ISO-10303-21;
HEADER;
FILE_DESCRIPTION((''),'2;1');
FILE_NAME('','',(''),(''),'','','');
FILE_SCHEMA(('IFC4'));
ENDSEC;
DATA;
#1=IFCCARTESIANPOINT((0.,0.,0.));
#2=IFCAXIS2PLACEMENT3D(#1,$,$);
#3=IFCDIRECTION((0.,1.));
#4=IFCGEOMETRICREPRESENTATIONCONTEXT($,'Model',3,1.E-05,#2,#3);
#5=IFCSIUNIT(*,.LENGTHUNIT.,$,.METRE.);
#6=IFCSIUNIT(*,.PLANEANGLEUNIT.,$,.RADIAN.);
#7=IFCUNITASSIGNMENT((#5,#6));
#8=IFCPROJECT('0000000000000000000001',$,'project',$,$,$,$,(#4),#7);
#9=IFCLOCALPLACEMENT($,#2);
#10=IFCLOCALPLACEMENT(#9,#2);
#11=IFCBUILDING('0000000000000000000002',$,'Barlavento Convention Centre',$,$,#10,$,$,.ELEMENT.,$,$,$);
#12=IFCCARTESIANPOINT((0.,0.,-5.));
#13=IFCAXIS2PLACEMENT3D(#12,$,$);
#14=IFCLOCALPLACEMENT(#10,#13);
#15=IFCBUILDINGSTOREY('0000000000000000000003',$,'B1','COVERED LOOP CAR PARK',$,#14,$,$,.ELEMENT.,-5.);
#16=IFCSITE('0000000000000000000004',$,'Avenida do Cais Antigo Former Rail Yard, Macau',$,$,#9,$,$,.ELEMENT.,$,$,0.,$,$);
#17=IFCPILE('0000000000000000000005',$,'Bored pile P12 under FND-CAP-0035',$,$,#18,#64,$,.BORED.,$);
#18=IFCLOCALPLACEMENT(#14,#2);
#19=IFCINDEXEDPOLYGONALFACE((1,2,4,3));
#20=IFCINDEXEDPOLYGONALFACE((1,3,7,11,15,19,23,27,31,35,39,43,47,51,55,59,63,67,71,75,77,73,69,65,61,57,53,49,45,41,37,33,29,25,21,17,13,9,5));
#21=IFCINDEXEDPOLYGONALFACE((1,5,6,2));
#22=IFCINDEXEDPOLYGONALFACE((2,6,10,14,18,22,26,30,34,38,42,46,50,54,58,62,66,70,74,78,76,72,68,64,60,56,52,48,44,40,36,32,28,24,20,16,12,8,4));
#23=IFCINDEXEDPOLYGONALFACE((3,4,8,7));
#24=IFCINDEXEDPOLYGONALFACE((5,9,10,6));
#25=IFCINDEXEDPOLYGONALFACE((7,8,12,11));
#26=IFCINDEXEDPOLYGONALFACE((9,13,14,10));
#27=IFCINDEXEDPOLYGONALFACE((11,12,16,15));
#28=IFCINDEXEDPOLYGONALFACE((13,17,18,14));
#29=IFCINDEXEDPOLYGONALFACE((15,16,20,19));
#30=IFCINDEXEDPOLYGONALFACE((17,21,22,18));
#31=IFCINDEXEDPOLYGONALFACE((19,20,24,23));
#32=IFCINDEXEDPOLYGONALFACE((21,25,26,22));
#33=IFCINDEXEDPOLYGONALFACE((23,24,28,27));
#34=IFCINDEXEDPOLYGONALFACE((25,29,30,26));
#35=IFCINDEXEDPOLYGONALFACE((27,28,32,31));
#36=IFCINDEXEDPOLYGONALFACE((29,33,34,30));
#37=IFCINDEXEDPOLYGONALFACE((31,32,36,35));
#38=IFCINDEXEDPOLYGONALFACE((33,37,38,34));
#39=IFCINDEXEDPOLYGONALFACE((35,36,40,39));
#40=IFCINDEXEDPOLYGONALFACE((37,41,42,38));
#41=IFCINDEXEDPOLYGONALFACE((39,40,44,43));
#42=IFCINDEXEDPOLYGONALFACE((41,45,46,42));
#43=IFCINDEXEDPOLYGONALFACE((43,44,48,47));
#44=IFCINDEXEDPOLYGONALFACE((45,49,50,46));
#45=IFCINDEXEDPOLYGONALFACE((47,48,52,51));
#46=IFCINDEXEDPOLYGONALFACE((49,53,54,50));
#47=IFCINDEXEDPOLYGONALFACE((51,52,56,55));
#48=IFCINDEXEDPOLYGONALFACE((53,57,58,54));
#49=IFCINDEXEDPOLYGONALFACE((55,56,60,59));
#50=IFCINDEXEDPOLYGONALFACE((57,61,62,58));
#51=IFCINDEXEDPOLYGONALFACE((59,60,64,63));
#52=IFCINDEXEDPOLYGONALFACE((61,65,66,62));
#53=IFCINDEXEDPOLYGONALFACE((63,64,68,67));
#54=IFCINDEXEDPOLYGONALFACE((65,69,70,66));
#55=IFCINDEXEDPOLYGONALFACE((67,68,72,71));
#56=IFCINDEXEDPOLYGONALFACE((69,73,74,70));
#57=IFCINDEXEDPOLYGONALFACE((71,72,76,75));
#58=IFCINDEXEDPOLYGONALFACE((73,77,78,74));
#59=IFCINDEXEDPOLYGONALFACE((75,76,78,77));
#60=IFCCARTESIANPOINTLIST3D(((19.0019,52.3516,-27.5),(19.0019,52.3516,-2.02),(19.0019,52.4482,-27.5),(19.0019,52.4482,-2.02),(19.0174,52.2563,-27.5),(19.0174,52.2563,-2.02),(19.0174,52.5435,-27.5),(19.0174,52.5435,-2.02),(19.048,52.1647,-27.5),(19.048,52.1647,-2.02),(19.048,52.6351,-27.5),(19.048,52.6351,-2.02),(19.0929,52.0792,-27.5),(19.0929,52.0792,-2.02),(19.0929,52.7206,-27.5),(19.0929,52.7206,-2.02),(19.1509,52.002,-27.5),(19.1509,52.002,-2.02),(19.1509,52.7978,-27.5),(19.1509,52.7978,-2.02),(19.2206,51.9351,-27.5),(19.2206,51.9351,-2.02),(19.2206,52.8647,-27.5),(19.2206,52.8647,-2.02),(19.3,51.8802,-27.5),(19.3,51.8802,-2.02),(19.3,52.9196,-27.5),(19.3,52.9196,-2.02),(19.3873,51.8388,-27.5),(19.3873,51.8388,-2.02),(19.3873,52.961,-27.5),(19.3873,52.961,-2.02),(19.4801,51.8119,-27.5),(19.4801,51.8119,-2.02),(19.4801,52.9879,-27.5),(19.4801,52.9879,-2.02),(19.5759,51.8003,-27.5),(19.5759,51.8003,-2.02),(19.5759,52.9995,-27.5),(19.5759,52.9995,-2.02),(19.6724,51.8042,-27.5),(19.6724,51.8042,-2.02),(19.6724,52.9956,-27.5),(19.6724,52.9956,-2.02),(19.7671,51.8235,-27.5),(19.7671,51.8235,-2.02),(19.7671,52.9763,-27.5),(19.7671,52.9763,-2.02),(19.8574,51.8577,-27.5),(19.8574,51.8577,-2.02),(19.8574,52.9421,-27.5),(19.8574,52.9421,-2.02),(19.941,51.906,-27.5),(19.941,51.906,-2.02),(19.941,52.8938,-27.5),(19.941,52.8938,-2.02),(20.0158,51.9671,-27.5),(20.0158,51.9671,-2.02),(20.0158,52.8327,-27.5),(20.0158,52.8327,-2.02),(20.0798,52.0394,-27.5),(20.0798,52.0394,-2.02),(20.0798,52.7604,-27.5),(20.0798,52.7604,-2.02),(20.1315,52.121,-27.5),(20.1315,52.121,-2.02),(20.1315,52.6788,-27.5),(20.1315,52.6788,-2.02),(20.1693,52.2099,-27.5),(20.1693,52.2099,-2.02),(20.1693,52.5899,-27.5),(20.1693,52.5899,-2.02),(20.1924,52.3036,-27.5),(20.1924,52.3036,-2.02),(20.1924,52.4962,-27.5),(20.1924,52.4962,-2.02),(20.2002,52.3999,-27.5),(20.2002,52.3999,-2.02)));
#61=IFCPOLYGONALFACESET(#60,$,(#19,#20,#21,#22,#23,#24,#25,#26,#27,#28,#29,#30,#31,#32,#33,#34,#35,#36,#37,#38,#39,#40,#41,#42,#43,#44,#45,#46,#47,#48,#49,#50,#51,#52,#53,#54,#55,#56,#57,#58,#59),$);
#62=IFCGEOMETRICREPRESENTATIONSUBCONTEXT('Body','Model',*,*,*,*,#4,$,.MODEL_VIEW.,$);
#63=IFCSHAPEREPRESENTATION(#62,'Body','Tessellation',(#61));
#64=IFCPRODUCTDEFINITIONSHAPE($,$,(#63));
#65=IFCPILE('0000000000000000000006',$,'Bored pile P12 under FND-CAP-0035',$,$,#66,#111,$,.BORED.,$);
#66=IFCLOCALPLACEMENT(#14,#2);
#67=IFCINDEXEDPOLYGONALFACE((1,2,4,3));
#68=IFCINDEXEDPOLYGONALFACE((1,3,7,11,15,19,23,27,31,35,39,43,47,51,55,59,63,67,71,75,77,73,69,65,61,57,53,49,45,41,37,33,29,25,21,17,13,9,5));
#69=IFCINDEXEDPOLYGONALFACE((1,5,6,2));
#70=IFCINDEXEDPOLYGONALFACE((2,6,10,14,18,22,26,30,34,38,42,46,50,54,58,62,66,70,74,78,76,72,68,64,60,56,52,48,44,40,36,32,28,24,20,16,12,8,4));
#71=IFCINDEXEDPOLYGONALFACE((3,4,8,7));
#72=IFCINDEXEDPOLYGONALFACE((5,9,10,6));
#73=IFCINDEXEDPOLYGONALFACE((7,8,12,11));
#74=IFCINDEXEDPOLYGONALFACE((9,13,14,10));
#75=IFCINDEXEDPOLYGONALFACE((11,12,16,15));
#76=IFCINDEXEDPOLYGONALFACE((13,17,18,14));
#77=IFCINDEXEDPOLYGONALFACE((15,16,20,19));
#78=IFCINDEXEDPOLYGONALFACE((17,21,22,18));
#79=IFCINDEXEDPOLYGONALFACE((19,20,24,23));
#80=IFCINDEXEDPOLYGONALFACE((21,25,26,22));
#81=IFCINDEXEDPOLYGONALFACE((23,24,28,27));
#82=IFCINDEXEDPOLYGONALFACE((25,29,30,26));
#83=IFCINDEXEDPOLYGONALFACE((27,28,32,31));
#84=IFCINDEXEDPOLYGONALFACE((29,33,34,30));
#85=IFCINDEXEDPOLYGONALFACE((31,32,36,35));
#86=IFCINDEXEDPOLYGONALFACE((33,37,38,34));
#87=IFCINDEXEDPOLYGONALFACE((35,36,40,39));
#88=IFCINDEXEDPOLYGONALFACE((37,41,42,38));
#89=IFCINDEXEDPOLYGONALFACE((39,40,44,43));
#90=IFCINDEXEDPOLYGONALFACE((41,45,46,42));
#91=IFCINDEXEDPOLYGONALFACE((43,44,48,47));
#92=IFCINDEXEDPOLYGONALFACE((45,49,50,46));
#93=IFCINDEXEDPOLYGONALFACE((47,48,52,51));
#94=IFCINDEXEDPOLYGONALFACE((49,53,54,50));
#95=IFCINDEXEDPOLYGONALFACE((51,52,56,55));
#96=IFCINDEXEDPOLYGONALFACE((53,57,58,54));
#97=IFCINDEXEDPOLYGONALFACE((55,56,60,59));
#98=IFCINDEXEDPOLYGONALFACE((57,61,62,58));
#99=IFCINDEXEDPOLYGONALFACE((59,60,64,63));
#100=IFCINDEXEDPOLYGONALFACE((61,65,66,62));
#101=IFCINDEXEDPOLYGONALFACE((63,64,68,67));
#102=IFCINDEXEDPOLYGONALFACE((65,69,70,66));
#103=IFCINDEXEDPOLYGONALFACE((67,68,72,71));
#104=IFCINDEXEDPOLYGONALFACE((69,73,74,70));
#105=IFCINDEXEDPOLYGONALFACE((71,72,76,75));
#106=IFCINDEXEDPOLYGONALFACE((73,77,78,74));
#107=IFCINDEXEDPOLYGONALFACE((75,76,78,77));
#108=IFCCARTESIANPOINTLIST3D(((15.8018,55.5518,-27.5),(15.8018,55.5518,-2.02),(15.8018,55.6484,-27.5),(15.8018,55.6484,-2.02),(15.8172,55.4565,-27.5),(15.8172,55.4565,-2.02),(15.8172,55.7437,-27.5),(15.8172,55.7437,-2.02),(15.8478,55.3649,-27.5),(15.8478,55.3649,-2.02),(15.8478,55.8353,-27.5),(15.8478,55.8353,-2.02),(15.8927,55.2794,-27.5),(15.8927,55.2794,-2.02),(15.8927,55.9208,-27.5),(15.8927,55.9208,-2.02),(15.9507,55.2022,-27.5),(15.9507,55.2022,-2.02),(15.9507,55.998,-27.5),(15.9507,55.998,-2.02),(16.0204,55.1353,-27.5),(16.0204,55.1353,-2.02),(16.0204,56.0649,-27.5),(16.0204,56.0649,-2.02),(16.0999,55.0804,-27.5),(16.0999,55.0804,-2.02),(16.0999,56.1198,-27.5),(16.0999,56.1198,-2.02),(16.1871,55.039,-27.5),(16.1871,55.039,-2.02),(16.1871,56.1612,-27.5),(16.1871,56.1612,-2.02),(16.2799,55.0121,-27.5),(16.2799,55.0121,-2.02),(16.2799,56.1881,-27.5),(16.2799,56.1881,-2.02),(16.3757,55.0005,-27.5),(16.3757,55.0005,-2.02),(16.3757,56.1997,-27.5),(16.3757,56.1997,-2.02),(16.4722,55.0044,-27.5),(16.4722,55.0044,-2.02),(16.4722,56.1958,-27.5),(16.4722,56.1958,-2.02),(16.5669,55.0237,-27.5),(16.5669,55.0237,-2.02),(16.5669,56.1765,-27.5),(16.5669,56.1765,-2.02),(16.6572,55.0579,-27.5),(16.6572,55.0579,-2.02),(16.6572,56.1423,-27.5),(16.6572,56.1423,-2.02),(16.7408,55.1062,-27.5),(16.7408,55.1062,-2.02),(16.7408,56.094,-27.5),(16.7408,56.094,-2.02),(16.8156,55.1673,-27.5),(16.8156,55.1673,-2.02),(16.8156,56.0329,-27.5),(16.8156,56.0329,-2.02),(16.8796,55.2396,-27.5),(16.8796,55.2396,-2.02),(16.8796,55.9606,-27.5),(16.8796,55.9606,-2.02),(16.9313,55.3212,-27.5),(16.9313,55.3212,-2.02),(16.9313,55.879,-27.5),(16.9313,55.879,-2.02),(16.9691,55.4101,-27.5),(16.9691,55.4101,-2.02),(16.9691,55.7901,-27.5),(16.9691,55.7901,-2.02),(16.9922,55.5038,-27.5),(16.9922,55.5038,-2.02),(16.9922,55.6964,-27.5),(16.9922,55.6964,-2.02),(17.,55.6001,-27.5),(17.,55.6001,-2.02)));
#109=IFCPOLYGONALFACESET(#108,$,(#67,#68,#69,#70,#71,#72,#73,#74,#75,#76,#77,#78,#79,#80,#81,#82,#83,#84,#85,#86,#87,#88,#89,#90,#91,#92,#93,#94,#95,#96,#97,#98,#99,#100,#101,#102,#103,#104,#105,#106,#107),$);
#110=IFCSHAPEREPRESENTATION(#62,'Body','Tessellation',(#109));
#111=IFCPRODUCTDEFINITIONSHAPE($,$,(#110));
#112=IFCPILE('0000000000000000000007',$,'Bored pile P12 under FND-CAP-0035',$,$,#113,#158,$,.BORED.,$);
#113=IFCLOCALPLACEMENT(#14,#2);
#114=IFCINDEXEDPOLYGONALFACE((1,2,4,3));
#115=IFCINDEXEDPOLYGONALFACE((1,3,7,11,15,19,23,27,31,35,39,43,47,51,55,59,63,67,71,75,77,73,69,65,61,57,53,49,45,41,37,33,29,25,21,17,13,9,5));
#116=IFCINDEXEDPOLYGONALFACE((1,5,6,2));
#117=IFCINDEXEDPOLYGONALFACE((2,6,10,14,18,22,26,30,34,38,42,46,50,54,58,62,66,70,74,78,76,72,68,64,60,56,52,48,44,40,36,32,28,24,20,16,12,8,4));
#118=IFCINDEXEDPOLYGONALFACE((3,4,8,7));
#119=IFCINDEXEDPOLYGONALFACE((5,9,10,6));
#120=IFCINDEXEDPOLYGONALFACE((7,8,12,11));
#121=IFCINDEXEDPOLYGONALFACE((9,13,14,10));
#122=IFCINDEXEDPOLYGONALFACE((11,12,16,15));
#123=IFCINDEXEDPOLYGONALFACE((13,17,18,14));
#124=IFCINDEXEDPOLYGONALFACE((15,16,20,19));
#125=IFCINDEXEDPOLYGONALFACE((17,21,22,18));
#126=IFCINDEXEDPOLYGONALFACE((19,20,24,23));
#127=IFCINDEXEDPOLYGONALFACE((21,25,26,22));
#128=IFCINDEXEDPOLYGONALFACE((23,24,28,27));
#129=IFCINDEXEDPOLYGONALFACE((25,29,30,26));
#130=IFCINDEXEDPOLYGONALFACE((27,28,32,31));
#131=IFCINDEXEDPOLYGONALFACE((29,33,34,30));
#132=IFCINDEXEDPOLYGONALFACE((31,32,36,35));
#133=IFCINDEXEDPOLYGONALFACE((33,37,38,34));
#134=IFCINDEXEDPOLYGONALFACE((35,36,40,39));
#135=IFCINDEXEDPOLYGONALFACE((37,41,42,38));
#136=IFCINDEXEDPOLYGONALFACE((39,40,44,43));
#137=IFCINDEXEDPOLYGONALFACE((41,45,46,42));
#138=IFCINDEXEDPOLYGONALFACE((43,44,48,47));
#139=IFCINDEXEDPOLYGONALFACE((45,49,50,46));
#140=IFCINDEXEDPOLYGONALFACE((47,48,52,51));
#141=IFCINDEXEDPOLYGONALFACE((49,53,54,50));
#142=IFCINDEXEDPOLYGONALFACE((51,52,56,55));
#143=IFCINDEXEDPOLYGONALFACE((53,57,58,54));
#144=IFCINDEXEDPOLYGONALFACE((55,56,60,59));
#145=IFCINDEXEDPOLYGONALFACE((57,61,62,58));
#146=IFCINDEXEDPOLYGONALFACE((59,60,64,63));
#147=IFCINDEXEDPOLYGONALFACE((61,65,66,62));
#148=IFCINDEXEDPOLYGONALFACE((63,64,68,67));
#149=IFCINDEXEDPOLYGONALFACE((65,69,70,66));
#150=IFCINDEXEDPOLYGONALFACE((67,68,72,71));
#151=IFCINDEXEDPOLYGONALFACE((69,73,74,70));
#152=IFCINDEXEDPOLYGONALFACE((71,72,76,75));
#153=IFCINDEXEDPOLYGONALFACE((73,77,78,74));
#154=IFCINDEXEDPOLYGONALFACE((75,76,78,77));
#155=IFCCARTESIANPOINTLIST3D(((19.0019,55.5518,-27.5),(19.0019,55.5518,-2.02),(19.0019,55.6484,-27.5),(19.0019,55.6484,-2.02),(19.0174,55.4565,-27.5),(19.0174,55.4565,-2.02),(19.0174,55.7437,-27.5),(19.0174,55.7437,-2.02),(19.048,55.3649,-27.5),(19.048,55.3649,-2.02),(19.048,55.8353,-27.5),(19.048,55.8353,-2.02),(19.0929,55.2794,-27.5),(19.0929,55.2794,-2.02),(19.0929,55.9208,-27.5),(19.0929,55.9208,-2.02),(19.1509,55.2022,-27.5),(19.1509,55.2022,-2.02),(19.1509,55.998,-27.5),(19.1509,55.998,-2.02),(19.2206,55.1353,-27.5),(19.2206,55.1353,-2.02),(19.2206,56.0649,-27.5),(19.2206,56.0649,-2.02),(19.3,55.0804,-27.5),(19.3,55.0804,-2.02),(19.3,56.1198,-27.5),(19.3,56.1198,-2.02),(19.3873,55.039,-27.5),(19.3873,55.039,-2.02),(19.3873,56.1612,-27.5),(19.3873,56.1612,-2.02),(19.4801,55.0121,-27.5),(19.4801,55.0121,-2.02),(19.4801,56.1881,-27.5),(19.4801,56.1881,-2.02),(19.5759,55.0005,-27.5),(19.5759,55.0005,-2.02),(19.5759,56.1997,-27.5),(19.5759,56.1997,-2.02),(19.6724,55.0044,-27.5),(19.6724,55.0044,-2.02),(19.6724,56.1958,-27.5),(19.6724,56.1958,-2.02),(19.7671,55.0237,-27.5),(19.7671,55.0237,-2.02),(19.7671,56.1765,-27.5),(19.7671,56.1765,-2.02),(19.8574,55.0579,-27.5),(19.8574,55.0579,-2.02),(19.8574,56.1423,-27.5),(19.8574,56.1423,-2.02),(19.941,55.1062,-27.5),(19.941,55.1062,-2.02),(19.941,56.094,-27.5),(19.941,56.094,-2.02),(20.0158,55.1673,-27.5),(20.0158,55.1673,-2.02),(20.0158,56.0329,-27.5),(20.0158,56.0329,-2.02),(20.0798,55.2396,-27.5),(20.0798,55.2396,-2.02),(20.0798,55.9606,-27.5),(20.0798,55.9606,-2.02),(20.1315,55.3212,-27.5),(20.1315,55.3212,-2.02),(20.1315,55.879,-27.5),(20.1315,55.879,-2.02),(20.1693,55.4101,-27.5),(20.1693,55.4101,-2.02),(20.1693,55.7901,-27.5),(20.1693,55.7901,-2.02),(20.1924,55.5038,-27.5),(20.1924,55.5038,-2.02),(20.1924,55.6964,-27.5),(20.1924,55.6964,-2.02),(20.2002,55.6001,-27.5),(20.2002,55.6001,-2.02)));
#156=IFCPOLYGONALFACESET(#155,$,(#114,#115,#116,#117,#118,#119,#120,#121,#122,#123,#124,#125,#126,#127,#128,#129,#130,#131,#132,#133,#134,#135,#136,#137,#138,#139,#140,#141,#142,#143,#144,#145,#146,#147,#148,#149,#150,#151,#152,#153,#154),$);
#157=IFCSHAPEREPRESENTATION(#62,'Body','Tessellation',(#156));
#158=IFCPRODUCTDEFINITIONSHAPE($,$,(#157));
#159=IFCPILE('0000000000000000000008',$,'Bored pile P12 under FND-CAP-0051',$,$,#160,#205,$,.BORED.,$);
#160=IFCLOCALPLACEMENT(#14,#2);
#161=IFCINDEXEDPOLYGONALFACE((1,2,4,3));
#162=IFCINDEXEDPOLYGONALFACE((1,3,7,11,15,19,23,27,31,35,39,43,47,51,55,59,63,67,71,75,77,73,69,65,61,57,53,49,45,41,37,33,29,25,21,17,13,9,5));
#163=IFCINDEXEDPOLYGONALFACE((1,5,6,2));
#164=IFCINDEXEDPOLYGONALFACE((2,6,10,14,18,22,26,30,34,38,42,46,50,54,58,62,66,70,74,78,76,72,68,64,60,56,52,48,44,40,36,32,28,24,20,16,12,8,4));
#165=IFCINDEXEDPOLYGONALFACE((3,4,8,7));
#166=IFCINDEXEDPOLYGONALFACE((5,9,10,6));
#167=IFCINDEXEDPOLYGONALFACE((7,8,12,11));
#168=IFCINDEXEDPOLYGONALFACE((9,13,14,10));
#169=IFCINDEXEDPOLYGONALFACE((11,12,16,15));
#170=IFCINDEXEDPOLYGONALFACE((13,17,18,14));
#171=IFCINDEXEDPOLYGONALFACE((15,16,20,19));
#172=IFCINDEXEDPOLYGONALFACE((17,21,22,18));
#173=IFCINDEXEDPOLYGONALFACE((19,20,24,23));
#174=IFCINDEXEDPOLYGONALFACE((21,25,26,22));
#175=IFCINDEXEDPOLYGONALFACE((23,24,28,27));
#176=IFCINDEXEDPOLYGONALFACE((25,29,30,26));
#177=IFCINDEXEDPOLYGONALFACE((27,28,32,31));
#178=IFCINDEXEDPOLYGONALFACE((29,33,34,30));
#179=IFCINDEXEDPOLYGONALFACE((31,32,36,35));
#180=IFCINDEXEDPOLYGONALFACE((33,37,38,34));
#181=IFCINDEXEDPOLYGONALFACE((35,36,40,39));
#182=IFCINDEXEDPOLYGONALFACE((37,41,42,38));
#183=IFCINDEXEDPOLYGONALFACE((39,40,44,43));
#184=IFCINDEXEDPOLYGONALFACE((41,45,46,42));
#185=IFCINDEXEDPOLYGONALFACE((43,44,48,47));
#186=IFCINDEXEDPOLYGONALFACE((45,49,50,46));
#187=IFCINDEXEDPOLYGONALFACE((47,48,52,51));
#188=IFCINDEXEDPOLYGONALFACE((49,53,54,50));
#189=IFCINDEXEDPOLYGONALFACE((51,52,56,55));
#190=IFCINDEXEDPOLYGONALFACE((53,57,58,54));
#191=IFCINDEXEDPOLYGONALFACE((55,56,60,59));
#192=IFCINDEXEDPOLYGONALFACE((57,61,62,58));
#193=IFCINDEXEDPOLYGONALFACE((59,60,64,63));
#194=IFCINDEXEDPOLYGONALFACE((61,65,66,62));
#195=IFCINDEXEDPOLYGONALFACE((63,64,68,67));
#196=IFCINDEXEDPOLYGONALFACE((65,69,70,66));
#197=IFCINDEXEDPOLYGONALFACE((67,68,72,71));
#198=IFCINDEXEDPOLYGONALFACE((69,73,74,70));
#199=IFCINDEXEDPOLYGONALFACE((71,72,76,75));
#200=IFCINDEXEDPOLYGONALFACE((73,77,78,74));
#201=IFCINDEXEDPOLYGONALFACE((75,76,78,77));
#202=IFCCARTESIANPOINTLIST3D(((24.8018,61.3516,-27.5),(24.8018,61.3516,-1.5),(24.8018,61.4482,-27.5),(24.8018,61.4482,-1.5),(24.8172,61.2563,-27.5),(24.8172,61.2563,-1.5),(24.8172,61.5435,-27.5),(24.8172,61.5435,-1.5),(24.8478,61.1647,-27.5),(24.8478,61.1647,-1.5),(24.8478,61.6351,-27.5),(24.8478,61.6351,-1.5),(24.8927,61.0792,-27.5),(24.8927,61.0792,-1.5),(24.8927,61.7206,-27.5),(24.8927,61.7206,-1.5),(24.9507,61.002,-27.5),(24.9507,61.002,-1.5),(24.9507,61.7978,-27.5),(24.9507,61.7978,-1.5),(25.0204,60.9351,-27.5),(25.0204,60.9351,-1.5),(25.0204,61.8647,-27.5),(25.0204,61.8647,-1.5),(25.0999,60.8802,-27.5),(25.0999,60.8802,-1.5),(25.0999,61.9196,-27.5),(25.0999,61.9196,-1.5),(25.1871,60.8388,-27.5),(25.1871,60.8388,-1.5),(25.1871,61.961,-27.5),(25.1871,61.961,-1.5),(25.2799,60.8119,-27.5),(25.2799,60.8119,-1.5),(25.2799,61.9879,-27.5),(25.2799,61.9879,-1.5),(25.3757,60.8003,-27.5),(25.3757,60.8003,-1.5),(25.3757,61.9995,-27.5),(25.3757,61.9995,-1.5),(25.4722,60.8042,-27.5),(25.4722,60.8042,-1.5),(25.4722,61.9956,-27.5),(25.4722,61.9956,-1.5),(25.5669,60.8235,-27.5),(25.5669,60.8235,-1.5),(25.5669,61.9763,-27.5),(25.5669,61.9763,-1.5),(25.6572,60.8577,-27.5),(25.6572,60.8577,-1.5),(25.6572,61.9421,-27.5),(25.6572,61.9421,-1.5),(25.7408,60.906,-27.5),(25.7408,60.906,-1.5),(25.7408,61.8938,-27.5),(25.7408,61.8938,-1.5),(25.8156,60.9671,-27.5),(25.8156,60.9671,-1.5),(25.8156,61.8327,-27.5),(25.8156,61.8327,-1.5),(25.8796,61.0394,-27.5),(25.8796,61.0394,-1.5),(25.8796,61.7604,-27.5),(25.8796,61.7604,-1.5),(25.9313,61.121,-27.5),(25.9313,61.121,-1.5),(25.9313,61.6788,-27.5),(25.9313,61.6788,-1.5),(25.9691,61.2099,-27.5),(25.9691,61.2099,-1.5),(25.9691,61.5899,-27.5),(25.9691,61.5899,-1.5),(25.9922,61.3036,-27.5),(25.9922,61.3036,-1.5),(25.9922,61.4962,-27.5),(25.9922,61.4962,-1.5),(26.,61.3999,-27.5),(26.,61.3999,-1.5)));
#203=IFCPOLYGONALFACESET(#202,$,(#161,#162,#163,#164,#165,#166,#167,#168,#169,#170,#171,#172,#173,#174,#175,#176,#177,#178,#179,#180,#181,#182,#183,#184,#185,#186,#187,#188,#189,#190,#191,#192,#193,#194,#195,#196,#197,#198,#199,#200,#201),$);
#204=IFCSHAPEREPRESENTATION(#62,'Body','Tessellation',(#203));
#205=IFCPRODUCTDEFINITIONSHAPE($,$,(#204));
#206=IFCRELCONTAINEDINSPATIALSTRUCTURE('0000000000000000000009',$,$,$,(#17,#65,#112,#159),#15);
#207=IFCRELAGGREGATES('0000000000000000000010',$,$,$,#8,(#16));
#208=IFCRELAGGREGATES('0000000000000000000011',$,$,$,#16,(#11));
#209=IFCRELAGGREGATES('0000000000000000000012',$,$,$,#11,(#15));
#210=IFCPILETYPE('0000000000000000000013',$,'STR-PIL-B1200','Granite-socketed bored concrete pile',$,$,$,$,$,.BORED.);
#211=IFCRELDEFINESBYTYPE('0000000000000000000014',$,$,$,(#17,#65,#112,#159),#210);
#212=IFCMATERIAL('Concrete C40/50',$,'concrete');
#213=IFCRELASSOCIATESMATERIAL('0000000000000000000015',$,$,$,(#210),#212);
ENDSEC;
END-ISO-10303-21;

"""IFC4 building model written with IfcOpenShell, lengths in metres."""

from ifc_helpers import new_model, si_unit, direction, frame, origin, origin_2d, place, context, subcontext, project, spatial, circle, extrude, material, material_profile, profile_set, type_object, element, save


model = new_model("IFC4")

# Units and contexts
model_context = context("Model", 3, precision=1e-05, world=origin(), true_north=direction((0.0, 1.0)))
body_context = subcontext(model_context, "Body", "Model", "MODEL_VIEW")
ifc_project = project(units=[si_unit("LENGTHUNIT", "METRE"), si_unit("PLANEANGLEUNIT", "RADIAN")], contexts=[model_context])

# Site, building, storey
site_placement = place(None, origin())
site = spatial("IfcSite", under=ifc_project, at=site_placement, Name="Avenida do Cais Antigo Former Rail Yard, Macau", CompositionType="ELEMENT", RefElevation=0.0)
building_placement = place(site_placement, origin())
building = spatial("IfcBuilding", under=site, at=building_placement, Name="Barlavento Convention Centre", CompositionType="ELEMENT")
storey_placement = place(building_placement, frame((0.0, 0.0, -5.0)))
storey = spatial("IfcBuildingStorey", under=building, at=storey_placement, Name="B1", Description="COVERED LOOP CAR PARK", CompositionType="ELEMENT", Elevation=-5.0)

# Shared definitions
ifc_material_1 = material(Name="Concrete C40/50", Category="concrete")

# Piles
ifc_material_profile_1 = material_profile(ifc_material_1, circle(Radius=0.6001, at=origin_2d()), Name="BORED PILE 1200")
ifc_profile_set_1 = profile_set([ifc_material_profile_1], Name="Concrete C40/50")
pile_type_1 = type_object("IfcPileType", Name="STR-PIL-B1200", Description="Granite-socketed bored concrete pile", PredefinedType="BORED", material=ifc_profile_set_1)
for number, where, z_axis, x_axis, name in (
    (1, (19.6001, 52.3999, -2.02), (0.0, 0.0, -1.0), (1.0, 0.0, 0.0), "Bored pile P12 under FND-CAP-0035"),
    (2, (16.3999, 55.6001, -2.02), (0.0, 0.0, -1.0), (1.0, 0.0, 0.0), "Bored pile P12 under FND-CAP-0035"),
    (3, (19.6001, 55.6001, -2.02), (0.0, 0.0, -1.0), (1.0, 0.0, 0.0), "Bored pile P12 under FND-CAP-0035"),
):
    element("IfcPile", number, at=place(storey_placement, frame(where, z_axis=z_axis, x_axis=x_axis)), inside=storey, type_object=pile_type_1, Name=name, PredefinedType="BORED", context=body_context, shape_type="SweptSolid", body=[
        extrude(circle(Radius=0.6001, at=origin_2d()), origin(), (0.0, 0.0, 1.0), 25.48),
    ])
for number, where, z_axis, x_axis, name in (
    (4, (25.3999, 61.3999, -1.5), (0.0, 0.0, -1.0), (1.0, 0.0, 0.0), "Bored pile P12 under FND-CAP-0051"),
):
    element("IfcPile", number, at=place(storey_placement, frame(where, z_axis=z_axis, x_axis=x_axis)), inside=storey, type_object=pile_type_1, Name=name, PredefinedType="BORED", context=body_context, shape_type="SweptSolid", body=[
        extrude(circle(Radius=0.6001, at=origin_2d()), origin(), (0.0, 0.0, 1.0), 26.0),
    ])

save(model, "model.ifc")
